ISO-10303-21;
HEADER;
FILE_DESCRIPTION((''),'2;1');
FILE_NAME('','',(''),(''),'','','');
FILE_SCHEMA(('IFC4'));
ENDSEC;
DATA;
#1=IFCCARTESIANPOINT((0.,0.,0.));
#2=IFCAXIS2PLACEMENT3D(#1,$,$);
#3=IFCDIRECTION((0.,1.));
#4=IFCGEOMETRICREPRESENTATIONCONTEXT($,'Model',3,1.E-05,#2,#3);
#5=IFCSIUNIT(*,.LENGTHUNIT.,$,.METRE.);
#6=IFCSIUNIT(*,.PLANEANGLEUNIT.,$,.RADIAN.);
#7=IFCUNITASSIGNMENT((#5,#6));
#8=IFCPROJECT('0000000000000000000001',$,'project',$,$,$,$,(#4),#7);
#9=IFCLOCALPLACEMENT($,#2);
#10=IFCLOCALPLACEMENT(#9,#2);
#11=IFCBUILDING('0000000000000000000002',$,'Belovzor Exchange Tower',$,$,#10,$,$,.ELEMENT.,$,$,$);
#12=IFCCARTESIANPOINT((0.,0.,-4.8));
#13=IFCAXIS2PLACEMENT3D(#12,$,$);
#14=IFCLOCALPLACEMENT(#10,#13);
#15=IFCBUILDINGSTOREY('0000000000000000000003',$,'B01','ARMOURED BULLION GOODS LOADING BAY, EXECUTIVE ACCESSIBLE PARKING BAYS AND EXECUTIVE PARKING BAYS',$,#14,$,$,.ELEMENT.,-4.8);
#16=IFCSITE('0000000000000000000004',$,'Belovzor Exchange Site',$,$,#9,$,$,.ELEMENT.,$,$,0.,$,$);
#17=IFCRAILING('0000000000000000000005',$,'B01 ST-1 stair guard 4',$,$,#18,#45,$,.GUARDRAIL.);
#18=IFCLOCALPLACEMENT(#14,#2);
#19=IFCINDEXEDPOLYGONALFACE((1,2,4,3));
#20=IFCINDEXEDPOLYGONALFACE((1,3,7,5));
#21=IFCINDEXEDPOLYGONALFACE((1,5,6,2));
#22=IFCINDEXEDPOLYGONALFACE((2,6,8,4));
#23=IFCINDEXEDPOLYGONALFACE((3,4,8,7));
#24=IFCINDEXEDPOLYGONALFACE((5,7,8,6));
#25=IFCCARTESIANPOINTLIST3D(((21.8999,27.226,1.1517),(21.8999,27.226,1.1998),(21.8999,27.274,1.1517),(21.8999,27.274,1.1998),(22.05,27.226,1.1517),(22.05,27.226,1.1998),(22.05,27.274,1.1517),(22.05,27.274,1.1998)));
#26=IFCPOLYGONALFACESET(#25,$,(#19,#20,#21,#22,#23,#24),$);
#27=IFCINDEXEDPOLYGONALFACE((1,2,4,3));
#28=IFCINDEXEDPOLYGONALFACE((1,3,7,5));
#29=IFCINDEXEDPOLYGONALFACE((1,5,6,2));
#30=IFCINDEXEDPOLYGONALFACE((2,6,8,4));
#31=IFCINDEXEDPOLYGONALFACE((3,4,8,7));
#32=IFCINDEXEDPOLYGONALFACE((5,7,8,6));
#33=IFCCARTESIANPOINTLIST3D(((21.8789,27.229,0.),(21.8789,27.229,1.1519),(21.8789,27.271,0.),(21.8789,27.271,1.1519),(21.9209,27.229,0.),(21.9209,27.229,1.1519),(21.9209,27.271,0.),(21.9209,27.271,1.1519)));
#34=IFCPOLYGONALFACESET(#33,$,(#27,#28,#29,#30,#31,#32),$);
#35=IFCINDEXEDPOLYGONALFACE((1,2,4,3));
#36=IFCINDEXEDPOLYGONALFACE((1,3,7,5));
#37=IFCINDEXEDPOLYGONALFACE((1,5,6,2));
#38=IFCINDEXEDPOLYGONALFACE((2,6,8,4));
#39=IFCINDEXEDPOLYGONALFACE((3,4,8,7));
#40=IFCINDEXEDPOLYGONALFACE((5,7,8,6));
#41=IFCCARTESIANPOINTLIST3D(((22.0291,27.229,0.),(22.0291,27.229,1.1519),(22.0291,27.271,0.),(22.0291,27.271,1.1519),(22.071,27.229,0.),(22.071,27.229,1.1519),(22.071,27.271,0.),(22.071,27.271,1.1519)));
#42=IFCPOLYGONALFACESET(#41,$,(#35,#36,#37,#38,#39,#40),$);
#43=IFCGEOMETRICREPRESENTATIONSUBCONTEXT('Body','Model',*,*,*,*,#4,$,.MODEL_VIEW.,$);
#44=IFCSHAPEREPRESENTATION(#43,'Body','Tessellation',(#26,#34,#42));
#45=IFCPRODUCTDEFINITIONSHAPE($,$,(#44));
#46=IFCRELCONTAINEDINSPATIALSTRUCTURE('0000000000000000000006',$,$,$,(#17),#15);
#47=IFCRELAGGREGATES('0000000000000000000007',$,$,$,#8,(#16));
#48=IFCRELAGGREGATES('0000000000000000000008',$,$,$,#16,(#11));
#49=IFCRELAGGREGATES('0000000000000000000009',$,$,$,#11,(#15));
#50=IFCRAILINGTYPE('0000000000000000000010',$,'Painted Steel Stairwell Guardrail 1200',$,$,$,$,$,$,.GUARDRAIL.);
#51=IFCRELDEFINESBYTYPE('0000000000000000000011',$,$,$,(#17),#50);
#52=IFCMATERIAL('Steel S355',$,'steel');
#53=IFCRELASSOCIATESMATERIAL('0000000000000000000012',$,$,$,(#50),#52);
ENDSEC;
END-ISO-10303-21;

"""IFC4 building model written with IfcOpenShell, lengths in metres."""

from ifc_helpers import new_model, si_unit, direction, frame, origin, origin_2d, place, context, subcontext, project, spatial, rectangle, extrude, material, type_object, element, save


model = new_model("IFC4")

# Units and contexts
model_context = context("Model", 3, precision=1e-05, world=origin(), true_north=direction((0.0, 1.0)))
body_context = subcontext(model_context, "Body", "Model", "MODEL_VIEW")
ifc_project = project(units=[si_unit("LENGTHUNIT", "METRE"), si_unit("PLANEANGLEUNIT", "RADIAN")], contexts=[model_context])

# Site, building, storey
site_placement = place(None, origin())
site = spatial("IfcSite", under=ifc_project, at=site_placement, Name="Belovzor Exchange Site", CompositionType="ELEMENT", RefElevation=0.0)
building_placement = place(site_placement, origin())
building = spatial("IfcBuilding", under=site, at=building_placement, Name="Belovzor Exchange Tower", CompositionType="ELEMENT")
storey_placement = place(building_placement, frame((0.0, 0.0, -4.8)))
storey = spatial("IfcBuildingStorey", under=building, at=storey_placement, Name="B01", Description="ARMOURED BULLION GOODS LOADING BAY, EXECUTIVE ACCESSIBLE PARKING BAYS AND EXECUTIVE PARKING BAYS", CompositionType="ELEMENT", Elevation=-4.8)

# Railing
ifc_material_1 = material(Name="Steel S355", Category="steel")
railing_type_1 = type_object("IfcRailingType", Name="Painted Steel Stairwell Guardrail 1200", PredefinedType="GUARDRAIL", material=ifc_material_1)
railing_1_placement = place(storey_placement, frame((21.8999, 27.25, 0.0)))
element("IfcRailing", 1, at=railing_1_placement, inside=storey, type_object=railing_type_1, Name="B01 ST-1 stair guard 4", PredefinedType="GUARDRAIL", context=body_context, shape_type="SweptSolid", body=[
    extrude(rectangle(XDim=0.0481, YDim=0.0481, at=origin_2d()), frame((0.0, 0.0, 1.1758), z_axis=(1.0, 0.0, 0.0), x_axis=(0.0, 1.0, 0.0)), (0.0, 0.0, 1.0), 0.1501),
    extrude(rectangle(XDim=0.042, YDim=0.042, at=origin_2d()), origin(), (0.0, 0.0, 1.0), 1.1519),
    extrude(rectangle(XDim=0.042, YDim=0.042, at=origin_2d()), frame((0.1501, 0.0, 0.0)), (0.0, 0.0, 1.0), 1.1519),
])

save(model, "model.ifc")
